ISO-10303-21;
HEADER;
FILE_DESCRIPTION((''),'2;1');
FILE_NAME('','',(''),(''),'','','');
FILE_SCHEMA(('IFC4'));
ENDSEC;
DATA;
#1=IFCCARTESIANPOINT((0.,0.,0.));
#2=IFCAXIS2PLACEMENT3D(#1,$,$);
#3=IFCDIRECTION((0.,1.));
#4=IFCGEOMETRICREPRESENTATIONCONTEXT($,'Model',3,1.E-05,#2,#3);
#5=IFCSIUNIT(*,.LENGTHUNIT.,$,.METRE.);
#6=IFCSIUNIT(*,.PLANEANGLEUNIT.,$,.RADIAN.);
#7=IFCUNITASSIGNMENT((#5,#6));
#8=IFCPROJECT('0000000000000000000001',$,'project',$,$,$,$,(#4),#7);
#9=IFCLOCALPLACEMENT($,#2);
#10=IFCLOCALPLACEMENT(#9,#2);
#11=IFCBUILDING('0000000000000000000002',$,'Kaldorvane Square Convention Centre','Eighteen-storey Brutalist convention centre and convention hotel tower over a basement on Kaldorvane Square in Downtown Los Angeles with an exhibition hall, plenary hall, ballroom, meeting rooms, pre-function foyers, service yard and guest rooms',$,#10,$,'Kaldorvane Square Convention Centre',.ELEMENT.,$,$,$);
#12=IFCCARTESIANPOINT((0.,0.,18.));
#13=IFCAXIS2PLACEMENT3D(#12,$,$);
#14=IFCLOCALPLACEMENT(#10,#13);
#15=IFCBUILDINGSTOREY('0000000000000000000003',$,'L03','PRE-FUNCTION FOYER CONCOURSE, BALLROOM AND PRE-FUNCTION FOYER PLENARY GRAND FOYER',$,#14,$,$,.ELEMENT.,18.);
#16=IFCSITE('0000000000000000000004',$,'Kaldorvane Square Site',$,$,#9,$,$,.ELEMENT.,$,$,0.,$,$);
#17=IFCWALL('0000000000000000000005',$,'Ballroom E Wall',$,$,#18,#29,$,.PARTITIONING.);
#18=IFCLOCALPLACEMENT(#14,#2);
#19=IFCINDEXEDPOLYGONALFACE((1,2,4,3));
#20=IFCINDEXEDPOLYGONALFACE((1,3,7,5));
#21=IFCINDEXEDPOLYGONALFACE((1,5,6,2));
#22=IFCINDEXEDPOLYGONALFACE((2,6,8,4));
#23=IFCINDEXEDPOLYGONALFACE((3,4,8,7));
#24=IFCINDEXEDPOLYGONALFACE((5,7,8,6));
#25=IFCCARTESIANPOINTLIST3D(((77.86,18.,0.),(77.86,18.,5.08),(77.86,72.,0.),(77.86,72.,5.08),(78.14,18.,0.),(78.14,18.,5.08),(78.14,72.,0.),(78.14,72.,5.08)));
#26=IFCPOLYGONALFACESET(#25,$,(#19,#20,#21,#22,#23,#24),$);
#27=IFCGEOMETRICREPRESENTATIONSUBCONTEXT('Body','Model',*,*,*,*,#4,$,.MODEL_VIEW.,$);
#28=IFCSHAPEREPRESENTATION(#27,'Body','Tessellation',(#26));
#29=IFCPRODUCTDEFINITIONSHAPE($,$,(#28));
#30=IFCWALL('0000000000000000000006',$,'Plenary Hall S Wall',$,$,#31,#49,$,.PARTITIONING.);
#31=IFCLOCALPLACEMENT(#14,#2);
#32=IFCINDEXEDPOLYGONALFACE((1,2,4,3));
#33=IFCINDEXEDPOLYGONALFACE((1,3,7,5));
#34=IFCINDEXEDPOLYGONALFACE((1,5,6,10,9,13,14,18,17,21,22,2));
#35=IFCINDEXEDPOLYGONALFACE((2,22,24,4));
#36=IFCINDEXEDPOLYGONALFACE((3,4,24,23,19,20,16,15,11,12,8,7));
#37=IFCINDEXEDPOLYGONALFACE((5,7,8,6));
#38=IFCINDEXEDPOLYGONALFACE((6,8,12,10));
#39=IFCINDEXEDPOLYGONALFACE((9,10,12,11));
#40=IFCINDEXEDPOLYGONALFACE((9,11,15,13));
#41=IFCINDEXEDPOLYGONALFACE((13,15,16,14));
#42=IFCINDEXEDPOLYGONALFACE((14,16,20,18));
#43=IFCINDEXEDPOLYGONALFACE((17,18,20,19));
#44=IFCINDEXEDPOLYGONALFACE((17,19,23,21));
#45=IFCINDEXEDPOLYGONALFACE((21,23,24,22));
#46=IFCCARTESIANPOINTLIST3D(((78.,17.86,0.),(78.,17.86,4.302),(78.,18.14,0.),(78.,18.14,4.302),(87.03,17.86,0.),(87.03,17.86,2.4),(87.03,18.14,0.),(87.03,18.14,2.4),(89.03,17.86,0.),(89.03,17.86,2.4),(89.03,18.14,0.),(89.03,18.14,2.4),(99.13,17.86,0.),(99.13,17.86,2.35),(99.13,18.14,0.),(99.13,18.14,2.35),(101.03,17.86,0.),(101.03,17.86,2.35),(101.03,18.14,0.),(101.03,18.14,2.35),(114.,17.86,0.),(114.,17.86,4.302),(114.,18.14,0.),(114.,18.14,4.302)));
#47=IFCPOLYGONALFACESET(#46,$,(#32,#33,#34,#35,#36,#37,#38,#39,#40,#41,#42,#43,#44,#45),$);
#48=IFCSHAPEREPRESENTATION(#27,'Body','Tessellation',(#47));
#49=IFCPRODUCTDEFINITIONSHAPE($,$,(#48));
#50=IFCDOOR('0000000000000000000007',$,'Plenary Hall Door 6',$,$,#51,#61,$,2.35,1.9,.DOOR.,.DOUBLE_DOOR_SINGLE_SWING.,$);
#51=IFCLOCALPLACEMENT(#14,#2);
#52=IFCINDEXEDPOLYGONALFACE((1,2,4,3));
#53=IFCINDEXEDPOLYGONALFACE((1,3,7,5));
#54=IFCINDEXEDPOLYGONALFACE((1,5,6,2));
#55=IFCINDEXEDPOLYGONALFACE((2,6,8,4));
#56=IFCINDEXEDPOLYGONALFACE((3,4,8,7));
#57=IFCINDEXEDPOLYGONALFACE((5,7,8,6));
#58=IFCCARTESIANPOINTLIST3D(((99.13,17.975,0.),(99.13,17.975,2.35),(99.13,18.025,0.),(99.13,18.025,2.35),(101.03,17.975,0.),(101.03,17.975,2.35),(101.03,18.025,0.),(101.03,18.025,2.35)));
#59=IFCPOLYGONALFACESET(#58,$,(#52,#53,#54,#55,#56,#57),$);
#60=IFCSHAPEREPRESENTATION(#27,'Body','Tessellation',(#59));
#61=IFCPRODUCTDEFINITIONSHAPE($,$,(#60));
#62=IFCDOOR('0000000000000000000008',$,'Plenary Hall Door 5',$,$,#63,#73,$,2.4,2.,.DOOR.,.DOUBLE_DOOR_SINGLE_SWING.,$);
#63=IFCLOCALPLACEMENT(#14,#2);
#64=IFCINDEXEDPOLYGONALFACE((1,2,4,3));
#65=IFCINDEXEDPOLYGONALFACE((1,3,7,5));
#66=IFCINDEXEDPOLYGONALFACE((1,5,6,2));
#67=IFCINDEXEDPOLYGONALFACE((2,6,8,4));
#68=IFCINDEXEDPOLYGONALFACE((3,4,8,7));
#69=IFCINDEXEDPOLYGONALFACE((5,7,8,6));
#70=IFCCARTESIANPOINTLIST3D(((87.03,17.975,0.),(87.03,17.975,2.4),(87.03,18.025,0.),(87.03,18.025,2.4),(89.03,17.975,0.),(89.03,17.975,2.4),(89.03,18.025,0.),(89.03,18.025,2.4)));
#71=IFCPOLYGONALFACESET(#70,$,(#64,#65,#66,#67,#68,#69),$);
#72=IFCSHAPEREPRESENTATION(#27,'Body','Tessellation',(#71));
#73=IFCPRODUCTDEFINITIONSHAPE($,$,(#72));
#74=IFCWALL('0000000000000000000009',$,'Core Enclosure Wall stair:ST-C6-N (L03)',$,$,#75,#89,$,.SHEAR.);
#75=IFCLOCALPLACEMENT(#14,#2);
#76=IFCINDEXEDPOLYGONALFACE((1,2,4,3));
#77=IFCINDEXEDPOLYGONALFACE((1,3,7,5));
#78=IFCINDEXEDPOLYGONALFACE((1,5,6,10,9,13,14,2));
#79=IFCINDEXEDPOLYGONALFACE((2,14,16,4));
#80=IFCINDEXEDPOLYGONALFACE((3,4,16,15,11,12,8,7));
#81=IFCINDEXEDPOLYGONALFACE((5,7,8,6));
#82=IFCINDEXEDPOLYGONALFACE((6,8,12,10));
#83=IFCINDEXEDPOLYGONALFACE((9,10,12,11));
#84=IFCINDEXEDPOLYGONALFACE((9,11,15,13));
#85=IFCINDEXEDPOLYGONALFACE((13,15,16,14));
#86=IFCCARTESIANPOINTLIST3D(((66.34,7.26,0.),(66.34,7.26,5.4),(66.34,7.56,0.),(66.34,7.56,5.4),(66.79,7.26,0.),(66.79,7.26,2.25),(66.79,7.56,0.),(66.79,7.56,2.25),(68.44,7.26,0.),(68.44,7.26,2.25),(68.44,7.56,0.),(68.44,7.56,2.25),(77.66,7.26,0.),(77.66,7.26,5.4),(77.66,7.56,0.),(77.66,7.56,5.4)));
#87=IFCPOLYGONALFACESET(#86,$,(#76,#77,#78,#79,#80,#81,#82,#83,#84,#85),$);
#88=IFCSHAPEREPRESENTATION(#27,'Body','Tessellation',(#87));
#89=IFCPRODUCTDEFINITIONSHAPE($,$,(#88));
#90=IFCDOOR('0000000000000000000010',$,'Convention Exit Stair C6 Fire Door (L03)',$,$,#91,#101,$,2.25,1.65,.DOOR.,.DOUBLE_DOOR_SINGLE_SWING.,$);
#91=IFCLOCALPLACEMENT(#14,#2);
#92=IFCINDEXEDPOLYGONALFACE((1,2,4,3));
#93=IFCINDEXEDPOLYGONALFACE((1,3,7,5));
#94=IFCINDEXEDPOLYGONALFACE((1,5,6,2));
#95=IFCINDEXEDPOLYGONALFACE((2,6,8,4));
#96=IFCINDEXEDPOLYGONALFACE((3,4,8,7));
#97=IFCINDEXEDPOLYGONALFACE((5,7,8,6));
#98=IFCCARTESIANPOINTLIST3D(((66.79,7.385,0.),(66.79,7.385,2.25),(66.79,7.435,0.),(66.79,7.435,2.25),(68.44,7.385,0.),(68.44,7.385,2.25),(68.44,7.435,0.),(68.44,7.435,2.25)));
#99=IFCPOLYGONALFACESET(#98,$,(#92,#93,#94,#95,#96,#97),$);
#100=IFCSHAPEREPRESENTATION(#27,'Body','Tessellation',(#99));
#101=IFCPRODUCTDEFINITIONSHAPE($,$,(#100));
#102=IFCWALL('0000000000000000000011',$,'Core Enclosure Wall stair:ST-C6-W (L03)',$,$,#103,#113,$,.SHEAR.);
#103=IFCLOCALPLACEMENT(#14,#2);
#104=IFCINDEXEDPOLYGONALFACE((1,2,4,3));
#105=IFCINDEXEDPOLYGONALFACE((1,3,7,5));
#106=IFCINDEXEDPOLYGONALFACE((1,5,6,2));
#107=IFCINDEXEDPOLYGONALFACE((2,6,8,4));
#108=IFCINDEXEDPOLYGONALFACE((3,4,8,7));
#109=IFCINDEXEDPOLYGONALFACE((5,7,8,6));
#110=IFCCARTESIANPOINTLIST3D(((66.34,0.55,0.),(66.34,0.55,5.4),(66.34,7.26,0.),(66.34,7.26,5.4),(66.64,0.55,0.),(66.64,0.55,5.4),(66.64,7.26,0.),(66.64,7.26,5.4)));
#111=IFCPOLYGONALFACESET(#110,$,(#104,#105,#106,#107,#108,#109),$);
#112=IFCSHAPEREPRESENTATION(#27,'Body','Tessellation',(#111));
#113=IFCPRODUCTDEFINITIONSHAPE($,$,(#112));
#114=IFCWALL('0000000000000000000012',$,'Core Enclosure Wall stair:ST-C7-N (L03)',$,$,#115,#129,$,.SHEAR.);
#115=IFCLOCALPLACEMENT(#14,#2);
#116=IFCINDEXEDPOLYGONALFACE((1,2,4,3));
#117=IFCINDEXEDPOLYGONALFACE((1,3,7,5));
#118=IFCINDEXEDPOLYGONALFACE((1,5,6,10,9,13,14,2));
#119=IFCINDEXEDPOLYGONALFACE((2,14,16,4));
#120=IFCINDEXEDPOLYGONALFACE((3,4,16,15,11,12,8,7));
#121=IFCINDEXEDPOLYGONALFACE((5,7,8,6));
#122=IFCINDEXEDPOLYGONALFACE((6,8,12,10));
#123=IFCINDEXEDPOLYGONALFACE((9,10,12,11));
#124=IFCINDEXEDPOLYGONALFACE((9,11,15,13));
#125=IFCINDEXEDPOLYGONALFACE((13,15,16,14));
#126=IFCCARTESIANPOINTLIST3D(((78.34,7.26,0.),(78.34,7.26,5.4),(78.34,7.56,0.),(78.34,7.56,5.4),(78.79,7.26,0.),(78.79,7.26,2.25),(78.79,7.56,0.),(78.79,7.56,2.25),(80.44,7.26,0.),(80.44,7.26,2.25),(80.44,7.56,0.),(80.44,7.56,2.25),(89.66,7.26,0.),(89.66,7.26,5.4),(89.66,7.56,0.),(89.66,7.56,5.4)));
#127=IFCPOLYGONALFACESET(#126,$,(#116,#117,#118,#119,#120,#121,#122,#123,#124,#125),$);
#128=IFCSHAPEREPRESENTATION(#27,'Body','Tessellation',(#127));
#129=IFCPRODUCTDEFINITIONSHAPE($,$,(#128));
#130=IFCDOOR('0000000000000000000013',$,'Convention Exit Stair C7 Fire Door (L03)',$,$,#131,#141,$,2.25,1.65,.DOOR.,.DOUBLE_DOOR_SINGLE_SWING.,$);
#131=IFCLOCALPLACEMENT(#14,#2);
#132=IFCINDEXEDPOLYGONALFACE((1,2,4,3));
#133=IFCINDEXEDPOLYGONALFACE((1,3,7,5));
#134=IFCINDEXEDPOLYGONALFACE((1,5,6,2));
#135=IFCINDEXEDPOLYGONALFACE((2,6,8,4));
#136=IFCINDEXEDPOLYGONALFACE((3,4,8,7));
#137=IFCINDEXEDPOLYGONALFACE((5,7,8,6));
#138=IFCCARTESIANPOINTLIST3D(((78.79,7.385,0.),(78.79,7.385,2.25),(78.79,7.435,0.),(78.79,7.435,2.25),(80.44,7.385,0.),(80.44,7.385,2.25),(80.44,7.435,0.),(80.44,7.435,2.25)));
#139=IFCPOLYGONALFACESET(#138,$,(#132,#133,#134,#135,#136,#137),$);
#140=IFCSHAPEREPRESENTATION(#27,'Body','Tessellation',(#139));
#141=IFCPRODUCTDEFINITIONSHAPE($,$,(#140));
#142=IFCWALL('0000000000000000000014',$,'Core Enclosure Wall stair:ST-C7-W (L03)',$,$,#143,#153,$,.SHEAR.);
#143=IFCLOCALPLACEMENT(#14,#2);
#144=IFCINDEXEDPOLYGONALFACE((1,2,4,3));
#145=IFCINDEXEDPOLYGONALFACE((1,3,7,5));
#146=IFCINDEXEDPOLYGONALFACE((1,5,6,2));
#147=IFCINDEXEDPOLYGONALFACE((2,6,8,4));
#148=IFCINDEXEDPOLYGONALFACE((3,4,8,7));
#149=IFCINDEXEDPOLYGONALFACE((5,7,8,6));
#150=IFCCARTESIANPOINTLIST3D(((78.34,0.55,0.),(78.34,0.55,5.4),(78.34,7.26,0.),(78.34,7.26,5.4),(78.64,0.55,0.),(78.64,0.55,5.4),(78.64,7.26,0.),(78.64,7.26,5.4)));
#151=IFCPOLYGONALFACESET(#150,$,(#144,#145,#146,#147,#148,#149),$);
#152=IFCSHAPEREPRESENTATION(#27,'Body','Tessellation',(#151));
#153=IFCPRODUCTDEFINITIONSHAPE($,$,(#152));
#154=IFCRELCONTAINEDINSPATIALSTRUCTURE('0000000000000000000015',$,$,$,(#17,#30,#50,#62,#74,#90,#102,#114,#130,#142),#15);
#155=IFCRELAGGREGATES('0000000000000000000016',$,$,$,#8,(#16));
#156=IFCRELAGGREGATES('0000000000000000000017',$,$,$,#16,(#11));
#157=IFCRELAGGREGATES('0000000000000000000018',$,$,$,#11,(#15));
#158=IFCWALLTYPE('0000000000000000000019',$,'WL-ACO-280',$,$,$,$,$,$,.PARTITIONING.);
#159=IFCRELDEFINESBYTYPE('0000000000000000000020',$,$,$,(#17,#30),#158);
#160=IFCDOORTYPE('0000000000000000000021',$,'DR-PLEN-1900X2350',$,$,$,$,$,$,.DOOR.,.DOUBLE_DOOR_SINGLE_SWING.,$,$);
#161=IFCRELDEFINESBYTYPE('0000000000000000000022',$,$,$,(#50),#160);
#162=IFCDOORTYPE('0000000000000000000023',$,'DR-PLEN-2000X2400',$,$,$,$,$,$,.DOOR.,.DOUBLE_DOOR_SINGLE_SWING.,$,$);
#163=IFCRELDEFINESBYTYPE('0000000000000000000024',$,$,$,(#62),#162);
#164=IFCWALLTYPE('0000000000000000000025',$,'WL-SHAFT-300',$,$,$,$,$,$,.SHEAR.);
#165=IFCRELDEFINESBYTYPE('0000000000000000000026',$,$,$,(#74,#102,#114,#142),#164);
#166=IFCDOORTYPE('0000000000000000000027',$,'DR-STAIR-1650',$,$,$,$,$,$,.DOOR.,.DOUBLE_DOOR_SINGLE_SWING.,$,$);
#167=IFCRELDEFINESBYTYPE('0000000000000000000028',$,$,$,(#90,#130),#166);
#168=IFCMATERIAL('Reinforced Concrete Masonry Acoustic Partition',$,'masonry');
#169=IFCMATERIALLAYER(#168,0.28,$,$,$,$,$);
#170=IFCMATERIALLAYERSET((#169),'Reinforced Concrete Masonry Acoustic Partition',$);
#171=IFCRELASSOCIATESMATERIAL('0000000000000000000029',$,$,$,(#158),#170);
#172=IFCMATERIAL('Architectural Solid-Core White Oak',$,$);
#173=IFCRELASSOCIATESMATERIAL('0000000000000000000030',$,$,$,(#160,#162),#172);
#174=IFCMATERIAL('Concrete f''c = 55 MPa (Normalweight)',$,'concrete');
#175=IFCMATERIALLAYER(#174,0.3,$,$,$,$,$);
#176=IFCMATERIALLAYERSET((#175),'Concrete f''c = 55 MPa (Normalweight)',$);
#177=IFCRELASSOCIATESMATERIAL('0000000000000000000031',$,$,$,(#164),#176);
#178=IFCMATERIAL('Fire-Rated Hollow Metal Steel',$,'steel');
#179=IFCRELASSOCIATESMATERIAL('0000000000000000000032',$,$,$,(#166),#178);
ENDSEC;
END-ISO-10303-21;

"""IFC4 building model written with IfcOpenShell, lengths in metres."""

from ifc_helpers import new_model, si_unit, direction, frame, frame_2d, origin, place, context, subcontext, project, spatial, rectangle, extrude, material, layer, layer_set, type_object, element, fill, save


model = new_model("IFC4")

# Units and contexts
model_context = context("Model", 3, precision=1e-05, world=origin(), true_north=direction((0.0, 1.0)))
body_context = subcontext(model_context, "Body", "Model", "MODEL_VIEW")
ifc_project = project(units=[si_unit("LENGTHUNIT", "METRE"), si_unit("PLANEANGLEUNIT", "RADIAN")], contexts=[model_context])

# Site, building, storey
site_placement = place(None, origin())
site = spatial("IfcSite", under=ifc_project, at=site_placement, Name="Kaldorvane Square Site", CompositionType="ELEMENT", RefElevation=0.0)
building_placement = place(site_placement, origin())
building = spatial("IfcBuilding", under=site, at=building_placement, Name="Kaldorvane Square Convention Centre", Description="Eighteen-storey Brutalist convention centre and convention hotel tower over a basement on Kaldorvane Square in Downtown Los Angeles with an exhibition hall, plenary hall, ballroom, meeting rooms, pre-function foyers, service yard and guest rooms", LongName="Kaldorvane Square Convention Centre", CompositionType="ELEMENT")
storey_placement = place(building_placement, frame((0.0, 0.0, 18.0)))
storey = spatial("IfcBuildingStorey", under=building, at=storey_placement, Name="L03", Description="PRE-FUNCTION FOYER CONCOURSE, BALLROOM AND PRE-FUNCTION FOYER PLENARY GRAND FOYER", CompositionType="ELEMENT", Elevation=18.0)

# Shared definitions
ifc_material_1 = material(Name="Concrete f'c = 55 MPa (Normalweight)", Category="concrete")

# Wall
ifc_material_2 = material(Name="Reinforced Concrete Masonry Acoustic Partition", Category="masonry")
ifc_layer_1 = layer(ifc_material_2, 0.28)
ifc_layer_set_1 = layer_set([ifc_layer_1], Name="Reinforced Concrete Masonry Acoustic Partition")
wall_type_1 = type_object("IfcWallType", Name="WL-ACO-280", PredefinedType="PARTITIONING", material=ifc_layer_set_1)
wall_1_placement = place(storey_placement, frame((78.0, 18.0, 0.0), z_axis=(0.0, 0.0, 1.0), x_axis=(0.0, 1.0, 0.0)))
element("IfcWall", 1, at=wall_1_placement, inside=storey, type_object=wall_type_1, Name="Ballroom E Wall", PredefinedType="PARTITIONING", context=body_context, shape_type="SweptSolid", body=[
    extrude(rectangle(XDim=54.0, YDim=0.28, at=frame_2d((27.0, 0.0))), origin(), (0.0, 0.0, 1.0), 5.08),
])

# Wall, openings, doors
wall_2_placement = place(storey_placement, frame((78.0, 18.0, 0.0), z_axis=(0.0, 0.0, 1.0), x_axis=(1.0, 0.0, 0.0)))
wall_2 = element("IfcWall", 2, at=wall_2_placement, inside=storey, type_object=wall_type_1, Name="Plenary Hall S Wall", PredefinedType="PARTITIONING", context=body_context, shape_type="SweptSolid", body=[
    extrude(rectangle(XDim=36.0, YDim=0.28, at=frame_2d((18.0, 0.0))), origin(), (0.0, 0.0, 1.0), 4.302),
])
opening_1_placement = place(wall_2_placement, frame((9.03, 0.0, 0.0)))
opening_1 = element("IfcOpeningElement", 3, at=opening_1_placement, cuts=wall_2, PredefinedType="OPENING", context=body_context, shape_type="SweptSolid", body=[
    extrude(rectangle(XDim=2.0, YDim=2.4, at=frame_2d((1.0, 1.2))), frame((0.0, 0.155, 0.0), z_axis=(0.0, -1.0, 0.0), x_axis=(1.0, 0.0, 0.0)), (0.0, 0.0, 1.0), 0.31),
])
opening_2_placement = place(wall_2_placement, frame((21.13, 0.0, 0.0)))
opening_2 = element("IfcOpeningElement", 4, at=opening_2_placement, cuts=wall_2, PredefinedType="OPENING", context=body_context, shape_type="SweptSolid", body=[
    extrude(rectangle(XDim=1.9, YDim=2.35, at=frame_2d((0.95, 1.175))), frame((0.0, 0.155, 0.0), z_axis=(0.0, -1.0, 0.0), x_axis=(1.0, 0.0, 0.0)), (0.0, 0.0, 1.0), 0.31),
])
ifc_material_3 = material(Name="Architectural Solid-Core White Oak")
door_type_1 = type_object("IfcDoorType", Name="DR-PLEN-1900X2350", OperationType="DOUBLE_DOOR_SINGLE_SWING", PredefinedType="DOOR", material=ifc_material_3)
door_1_placement = place(opening_2_placement, origin())
door_1 = element("IfcDoor", 5, at=door_1_placement, inside=storey, type_object=door_type_1, Name="Plenary Hall Door 6", OperationType="DOUBLE_DOOR_SINGLE_SWING", OverallHeight=2.35, OverallWidth=1.9, PredefinedType="DOOR", context=body_context, shape_type="SweptSolid", body=[
    extrude(rectangle(XDim=1.9, YDim=2.35, at=frame_2d((0.95, 1.175))), frame((0.0, 0.025, 0.0), z_axis=(0.0, -1.0, 0.0), x_axis=(1.0, 0.0, 0.0)), (0.0, 0.0, 1.0), 0.05),
])
fill(opening_2, door_1)
door_type_2 = type_object("IfcDoorType", Name="DR-PLEN-2000X2400", OperationType="DOUBLE_DOOR_SINGLE_SWING", PredefinedType="DOOR", material=ifc_material_3)
door_2_placement = place(opening_1_placement, origin())
door_2 = element("IfcDoor", 6, at=door_2_placement, inside=storey, type_object=door_type_2, Name="Plenary Hall Door 5", OperationType="DOUBLE_DOOR_SINGLE_SWING", OverallHeight=2.4, OverallWidth=2.0, PredefinedType="DOOR", context=body_context, shape_type="SweptSolid", body=[
    extrude(rectangle(XDim=2.0, YDim=2.4, at=frame_2d((1.0, 1.2))), frame((0.0, 0.025, 0.0), z_axis=(0.0, -1.0, 0.0), x_axis=(1.0, 0.0, 0.0)), (0.0, 0.0, 1.0), 0.05),
])
fill(opening_1, door_2)

# Wall, opening, door
ifc_layer_2 = layer(ifc_material_1, 0.3)
ifc_layer_set_2 = layer_set([ifc_layer_2], Name="Concrete f'c = 55 MPa (Normalweight)")
wall_type_2 = type_object("IfcWallType", Name="WL-SHAFT-300", PredefinedType="SHEAR", material=ifc_layer_set_2)
wall_3_placement = place(storey_placement, frame((77.66, 7.41, 0.0), z_axis=(0.0, 0.0, 1.0), x_axis=(-1.0, 0.0, 0.0)))
wall_3 = element("IfcWall", 7, at=wall_3_placement, inside=storey, type_object=wall_type_2, Name="Core Enclosure Wall stair:ST-C6-N (L03)", PredefinedType="SHEAR", context=body_context, shape_type="SweptSolid", body=[
    extrude(rectangle(XDim=11.32, YDim=0.3, at=frame_2d((5.66, 0.0))), origin(), (0.0, 0.0, 1.0), 5.4),
])
opening_3_placement = place(wall_3_placement, frame((9.22, 0.0, 0.0)))
opening_3 = element("IfcOpeningElement", 8, at=opening_3_placement, cuts=wall_3, PredefinedType="OPENING", context=body_context, shape_type="SweptSolid", body=[
    extrude(rectangle(XDim=1.65, YDim=2.25, at=frame_2d((0.825, 1.125))), frame((0.0, 0.165, 0.0), z_axis=(0.0, -1.0, 0.0), x_axis=(1.0, 0.0, 0.0)), (0.0, 0.0, 1.0), 0.33),
])
ifc_material_4 = material(Name="Fire-Rated Hollow Metal Steel", Category="steel")
door_type_3 = type_object("IfcDoorType", Name="DR-STAIR-1650", OperationType="DOUBLE_DOOR_SINGLE_SWING", PredefinedType="DOOR", material=ifc_material_4)
door_3_placement = place(opening_3_placement, origin())
door_3 = element("IfcDoor", 9, at=door_3_placement, inside=storey, type_object=door_type_3, Name="Convention Exit Stair C6 Fire Door (L03)", OperationType="DOUBLE_DOOR_SINGLE_SWING", OverallHeight=2.25, OverallWidth=1.65, PredefinedType="DOOR", context=body_context, shape_type="SweptSolid", body=[
    extrude(rectangle(XDim=1.65, YDim=2.25, at=frame_2d((0.825, 1.125))), frame((0.0, 0.025, 0.0), z_axis=(0.0, -1.0, 0.0), x_axis=(1.0, 0.0, 0.0)), (0.0, 0.0, 1.0), 0.05),
])
fill(opening_3, door_3)

# Wall
wall_4_placement = place(storey_placement, frame((66.49, 7.26, 0.0), z_axis=(0.0, 0.0, 1.0), x_axis=(0.0, -1.0, 0.0)))
element("IfcWall", 10, at=wall_4_placement, inside=storey, type_object=wall_type_2, Name="Core Enclosure Wall stair:ST-C6-W (L03)", PredefinedType="SHEAR", context=body_context, shape_type="SweptSolid", body=[
    extrude(rectangle(XDim=6.71, YDim=0.3, at=frame_2d((3.355, 0.0))), origin(), (0.0, 0.0, 1.0), 5.4),
])

# Wall, opening, door
wall_5_placement = place(storey_placement, frame((89.66, 7.41, 0.0), z_axis=(0.0, 0.0, 1.0), x_axis=(-1.0, 0.0, 0.0)))
wall_5 = element("IfcWall", 11, at=wall_5_placement, inside=storey, type_object=wall_type_2, Name="Core Enclosure Wall stair:ST-C7-N (L03)", PredefinedType="SHEAR", context=body_context, shape_type="SweptSolid", body=[
    extrude(rectangle(XDim=11.32, YDim=0.3, at=frame_2d((5.66, 0.0))), origin(), (0.0, 0.0, 1.0), 5.4),
])
opening_4_placement = place(wall_5_placement, frame((9.22, 0.0, 0.0)))
opening_4 = element("IfcOpeningElement", 12, at=opening_4_placement, cuts=wall_5, PredefinedType="OPENING", context=body_context, shape_type="SweptSolid", body=[
    extrude(rectangle(XDim=1.65, YDim=2.25, at=frame_2d((0.825, 1.125))), frame((0.0, 0.165, 0.0), z_axis=(0.0, -1.0, 0.0), x_axis=(1.0, 0.0, 0.0)), (0.0, 0.0, 1.0), 0.33),
])
door_4_placement = place(opening_4_placement, origin())
door_4 = element("IfcDoor", 13, at=door_4_placement, inside=storey, type_object=door_type_3, Name="Convention Exit Stair C7 Fire Door (L03)", OperationType="DOUBLE_DOOR_SINGLE_SWING", OverallHeight=2.25, OverallWidth=1.65, PredefinedType="DOOR", context=body_context, shape_type="SweptSolid", body=[
    extrude(rectangle(XDim=1.65, YDim=2.25, at=frame_2d((0.825, 1.125))), frame((0.0, 0.025, 0.0), z_axis=(0.0, -1.0, 0.0), x_axis=(1.0, 0.0, 0.0)), (0.0, 0.0, 1.0), 0.05),
])
fill(opening_4, door_4)

# Wall
wall_6_placement = place(storey_placement, frame((78.49, 7.26, 0.0), z_axis=(0.0, 0.0, 1.0), x_axis=(0.0, -1.0, 0.0)))
element("IfcWall", 14, at=wall_6_placement, inside=storey, type_object=wall_type_2, Name="Core Enclosure Wall stair:ST-C7-W (L03)", PredefinedType="SHEAR", context=body_context, shape_type="SweptSolid", body=[
    extrude(rectangle(XDim=6.71, YDim=0.3, at=frame_2d((3.355, 0.0))), origin(), (0.0, 0.0, 1.0), 5.4),
])

save(model, "model.ifc")
